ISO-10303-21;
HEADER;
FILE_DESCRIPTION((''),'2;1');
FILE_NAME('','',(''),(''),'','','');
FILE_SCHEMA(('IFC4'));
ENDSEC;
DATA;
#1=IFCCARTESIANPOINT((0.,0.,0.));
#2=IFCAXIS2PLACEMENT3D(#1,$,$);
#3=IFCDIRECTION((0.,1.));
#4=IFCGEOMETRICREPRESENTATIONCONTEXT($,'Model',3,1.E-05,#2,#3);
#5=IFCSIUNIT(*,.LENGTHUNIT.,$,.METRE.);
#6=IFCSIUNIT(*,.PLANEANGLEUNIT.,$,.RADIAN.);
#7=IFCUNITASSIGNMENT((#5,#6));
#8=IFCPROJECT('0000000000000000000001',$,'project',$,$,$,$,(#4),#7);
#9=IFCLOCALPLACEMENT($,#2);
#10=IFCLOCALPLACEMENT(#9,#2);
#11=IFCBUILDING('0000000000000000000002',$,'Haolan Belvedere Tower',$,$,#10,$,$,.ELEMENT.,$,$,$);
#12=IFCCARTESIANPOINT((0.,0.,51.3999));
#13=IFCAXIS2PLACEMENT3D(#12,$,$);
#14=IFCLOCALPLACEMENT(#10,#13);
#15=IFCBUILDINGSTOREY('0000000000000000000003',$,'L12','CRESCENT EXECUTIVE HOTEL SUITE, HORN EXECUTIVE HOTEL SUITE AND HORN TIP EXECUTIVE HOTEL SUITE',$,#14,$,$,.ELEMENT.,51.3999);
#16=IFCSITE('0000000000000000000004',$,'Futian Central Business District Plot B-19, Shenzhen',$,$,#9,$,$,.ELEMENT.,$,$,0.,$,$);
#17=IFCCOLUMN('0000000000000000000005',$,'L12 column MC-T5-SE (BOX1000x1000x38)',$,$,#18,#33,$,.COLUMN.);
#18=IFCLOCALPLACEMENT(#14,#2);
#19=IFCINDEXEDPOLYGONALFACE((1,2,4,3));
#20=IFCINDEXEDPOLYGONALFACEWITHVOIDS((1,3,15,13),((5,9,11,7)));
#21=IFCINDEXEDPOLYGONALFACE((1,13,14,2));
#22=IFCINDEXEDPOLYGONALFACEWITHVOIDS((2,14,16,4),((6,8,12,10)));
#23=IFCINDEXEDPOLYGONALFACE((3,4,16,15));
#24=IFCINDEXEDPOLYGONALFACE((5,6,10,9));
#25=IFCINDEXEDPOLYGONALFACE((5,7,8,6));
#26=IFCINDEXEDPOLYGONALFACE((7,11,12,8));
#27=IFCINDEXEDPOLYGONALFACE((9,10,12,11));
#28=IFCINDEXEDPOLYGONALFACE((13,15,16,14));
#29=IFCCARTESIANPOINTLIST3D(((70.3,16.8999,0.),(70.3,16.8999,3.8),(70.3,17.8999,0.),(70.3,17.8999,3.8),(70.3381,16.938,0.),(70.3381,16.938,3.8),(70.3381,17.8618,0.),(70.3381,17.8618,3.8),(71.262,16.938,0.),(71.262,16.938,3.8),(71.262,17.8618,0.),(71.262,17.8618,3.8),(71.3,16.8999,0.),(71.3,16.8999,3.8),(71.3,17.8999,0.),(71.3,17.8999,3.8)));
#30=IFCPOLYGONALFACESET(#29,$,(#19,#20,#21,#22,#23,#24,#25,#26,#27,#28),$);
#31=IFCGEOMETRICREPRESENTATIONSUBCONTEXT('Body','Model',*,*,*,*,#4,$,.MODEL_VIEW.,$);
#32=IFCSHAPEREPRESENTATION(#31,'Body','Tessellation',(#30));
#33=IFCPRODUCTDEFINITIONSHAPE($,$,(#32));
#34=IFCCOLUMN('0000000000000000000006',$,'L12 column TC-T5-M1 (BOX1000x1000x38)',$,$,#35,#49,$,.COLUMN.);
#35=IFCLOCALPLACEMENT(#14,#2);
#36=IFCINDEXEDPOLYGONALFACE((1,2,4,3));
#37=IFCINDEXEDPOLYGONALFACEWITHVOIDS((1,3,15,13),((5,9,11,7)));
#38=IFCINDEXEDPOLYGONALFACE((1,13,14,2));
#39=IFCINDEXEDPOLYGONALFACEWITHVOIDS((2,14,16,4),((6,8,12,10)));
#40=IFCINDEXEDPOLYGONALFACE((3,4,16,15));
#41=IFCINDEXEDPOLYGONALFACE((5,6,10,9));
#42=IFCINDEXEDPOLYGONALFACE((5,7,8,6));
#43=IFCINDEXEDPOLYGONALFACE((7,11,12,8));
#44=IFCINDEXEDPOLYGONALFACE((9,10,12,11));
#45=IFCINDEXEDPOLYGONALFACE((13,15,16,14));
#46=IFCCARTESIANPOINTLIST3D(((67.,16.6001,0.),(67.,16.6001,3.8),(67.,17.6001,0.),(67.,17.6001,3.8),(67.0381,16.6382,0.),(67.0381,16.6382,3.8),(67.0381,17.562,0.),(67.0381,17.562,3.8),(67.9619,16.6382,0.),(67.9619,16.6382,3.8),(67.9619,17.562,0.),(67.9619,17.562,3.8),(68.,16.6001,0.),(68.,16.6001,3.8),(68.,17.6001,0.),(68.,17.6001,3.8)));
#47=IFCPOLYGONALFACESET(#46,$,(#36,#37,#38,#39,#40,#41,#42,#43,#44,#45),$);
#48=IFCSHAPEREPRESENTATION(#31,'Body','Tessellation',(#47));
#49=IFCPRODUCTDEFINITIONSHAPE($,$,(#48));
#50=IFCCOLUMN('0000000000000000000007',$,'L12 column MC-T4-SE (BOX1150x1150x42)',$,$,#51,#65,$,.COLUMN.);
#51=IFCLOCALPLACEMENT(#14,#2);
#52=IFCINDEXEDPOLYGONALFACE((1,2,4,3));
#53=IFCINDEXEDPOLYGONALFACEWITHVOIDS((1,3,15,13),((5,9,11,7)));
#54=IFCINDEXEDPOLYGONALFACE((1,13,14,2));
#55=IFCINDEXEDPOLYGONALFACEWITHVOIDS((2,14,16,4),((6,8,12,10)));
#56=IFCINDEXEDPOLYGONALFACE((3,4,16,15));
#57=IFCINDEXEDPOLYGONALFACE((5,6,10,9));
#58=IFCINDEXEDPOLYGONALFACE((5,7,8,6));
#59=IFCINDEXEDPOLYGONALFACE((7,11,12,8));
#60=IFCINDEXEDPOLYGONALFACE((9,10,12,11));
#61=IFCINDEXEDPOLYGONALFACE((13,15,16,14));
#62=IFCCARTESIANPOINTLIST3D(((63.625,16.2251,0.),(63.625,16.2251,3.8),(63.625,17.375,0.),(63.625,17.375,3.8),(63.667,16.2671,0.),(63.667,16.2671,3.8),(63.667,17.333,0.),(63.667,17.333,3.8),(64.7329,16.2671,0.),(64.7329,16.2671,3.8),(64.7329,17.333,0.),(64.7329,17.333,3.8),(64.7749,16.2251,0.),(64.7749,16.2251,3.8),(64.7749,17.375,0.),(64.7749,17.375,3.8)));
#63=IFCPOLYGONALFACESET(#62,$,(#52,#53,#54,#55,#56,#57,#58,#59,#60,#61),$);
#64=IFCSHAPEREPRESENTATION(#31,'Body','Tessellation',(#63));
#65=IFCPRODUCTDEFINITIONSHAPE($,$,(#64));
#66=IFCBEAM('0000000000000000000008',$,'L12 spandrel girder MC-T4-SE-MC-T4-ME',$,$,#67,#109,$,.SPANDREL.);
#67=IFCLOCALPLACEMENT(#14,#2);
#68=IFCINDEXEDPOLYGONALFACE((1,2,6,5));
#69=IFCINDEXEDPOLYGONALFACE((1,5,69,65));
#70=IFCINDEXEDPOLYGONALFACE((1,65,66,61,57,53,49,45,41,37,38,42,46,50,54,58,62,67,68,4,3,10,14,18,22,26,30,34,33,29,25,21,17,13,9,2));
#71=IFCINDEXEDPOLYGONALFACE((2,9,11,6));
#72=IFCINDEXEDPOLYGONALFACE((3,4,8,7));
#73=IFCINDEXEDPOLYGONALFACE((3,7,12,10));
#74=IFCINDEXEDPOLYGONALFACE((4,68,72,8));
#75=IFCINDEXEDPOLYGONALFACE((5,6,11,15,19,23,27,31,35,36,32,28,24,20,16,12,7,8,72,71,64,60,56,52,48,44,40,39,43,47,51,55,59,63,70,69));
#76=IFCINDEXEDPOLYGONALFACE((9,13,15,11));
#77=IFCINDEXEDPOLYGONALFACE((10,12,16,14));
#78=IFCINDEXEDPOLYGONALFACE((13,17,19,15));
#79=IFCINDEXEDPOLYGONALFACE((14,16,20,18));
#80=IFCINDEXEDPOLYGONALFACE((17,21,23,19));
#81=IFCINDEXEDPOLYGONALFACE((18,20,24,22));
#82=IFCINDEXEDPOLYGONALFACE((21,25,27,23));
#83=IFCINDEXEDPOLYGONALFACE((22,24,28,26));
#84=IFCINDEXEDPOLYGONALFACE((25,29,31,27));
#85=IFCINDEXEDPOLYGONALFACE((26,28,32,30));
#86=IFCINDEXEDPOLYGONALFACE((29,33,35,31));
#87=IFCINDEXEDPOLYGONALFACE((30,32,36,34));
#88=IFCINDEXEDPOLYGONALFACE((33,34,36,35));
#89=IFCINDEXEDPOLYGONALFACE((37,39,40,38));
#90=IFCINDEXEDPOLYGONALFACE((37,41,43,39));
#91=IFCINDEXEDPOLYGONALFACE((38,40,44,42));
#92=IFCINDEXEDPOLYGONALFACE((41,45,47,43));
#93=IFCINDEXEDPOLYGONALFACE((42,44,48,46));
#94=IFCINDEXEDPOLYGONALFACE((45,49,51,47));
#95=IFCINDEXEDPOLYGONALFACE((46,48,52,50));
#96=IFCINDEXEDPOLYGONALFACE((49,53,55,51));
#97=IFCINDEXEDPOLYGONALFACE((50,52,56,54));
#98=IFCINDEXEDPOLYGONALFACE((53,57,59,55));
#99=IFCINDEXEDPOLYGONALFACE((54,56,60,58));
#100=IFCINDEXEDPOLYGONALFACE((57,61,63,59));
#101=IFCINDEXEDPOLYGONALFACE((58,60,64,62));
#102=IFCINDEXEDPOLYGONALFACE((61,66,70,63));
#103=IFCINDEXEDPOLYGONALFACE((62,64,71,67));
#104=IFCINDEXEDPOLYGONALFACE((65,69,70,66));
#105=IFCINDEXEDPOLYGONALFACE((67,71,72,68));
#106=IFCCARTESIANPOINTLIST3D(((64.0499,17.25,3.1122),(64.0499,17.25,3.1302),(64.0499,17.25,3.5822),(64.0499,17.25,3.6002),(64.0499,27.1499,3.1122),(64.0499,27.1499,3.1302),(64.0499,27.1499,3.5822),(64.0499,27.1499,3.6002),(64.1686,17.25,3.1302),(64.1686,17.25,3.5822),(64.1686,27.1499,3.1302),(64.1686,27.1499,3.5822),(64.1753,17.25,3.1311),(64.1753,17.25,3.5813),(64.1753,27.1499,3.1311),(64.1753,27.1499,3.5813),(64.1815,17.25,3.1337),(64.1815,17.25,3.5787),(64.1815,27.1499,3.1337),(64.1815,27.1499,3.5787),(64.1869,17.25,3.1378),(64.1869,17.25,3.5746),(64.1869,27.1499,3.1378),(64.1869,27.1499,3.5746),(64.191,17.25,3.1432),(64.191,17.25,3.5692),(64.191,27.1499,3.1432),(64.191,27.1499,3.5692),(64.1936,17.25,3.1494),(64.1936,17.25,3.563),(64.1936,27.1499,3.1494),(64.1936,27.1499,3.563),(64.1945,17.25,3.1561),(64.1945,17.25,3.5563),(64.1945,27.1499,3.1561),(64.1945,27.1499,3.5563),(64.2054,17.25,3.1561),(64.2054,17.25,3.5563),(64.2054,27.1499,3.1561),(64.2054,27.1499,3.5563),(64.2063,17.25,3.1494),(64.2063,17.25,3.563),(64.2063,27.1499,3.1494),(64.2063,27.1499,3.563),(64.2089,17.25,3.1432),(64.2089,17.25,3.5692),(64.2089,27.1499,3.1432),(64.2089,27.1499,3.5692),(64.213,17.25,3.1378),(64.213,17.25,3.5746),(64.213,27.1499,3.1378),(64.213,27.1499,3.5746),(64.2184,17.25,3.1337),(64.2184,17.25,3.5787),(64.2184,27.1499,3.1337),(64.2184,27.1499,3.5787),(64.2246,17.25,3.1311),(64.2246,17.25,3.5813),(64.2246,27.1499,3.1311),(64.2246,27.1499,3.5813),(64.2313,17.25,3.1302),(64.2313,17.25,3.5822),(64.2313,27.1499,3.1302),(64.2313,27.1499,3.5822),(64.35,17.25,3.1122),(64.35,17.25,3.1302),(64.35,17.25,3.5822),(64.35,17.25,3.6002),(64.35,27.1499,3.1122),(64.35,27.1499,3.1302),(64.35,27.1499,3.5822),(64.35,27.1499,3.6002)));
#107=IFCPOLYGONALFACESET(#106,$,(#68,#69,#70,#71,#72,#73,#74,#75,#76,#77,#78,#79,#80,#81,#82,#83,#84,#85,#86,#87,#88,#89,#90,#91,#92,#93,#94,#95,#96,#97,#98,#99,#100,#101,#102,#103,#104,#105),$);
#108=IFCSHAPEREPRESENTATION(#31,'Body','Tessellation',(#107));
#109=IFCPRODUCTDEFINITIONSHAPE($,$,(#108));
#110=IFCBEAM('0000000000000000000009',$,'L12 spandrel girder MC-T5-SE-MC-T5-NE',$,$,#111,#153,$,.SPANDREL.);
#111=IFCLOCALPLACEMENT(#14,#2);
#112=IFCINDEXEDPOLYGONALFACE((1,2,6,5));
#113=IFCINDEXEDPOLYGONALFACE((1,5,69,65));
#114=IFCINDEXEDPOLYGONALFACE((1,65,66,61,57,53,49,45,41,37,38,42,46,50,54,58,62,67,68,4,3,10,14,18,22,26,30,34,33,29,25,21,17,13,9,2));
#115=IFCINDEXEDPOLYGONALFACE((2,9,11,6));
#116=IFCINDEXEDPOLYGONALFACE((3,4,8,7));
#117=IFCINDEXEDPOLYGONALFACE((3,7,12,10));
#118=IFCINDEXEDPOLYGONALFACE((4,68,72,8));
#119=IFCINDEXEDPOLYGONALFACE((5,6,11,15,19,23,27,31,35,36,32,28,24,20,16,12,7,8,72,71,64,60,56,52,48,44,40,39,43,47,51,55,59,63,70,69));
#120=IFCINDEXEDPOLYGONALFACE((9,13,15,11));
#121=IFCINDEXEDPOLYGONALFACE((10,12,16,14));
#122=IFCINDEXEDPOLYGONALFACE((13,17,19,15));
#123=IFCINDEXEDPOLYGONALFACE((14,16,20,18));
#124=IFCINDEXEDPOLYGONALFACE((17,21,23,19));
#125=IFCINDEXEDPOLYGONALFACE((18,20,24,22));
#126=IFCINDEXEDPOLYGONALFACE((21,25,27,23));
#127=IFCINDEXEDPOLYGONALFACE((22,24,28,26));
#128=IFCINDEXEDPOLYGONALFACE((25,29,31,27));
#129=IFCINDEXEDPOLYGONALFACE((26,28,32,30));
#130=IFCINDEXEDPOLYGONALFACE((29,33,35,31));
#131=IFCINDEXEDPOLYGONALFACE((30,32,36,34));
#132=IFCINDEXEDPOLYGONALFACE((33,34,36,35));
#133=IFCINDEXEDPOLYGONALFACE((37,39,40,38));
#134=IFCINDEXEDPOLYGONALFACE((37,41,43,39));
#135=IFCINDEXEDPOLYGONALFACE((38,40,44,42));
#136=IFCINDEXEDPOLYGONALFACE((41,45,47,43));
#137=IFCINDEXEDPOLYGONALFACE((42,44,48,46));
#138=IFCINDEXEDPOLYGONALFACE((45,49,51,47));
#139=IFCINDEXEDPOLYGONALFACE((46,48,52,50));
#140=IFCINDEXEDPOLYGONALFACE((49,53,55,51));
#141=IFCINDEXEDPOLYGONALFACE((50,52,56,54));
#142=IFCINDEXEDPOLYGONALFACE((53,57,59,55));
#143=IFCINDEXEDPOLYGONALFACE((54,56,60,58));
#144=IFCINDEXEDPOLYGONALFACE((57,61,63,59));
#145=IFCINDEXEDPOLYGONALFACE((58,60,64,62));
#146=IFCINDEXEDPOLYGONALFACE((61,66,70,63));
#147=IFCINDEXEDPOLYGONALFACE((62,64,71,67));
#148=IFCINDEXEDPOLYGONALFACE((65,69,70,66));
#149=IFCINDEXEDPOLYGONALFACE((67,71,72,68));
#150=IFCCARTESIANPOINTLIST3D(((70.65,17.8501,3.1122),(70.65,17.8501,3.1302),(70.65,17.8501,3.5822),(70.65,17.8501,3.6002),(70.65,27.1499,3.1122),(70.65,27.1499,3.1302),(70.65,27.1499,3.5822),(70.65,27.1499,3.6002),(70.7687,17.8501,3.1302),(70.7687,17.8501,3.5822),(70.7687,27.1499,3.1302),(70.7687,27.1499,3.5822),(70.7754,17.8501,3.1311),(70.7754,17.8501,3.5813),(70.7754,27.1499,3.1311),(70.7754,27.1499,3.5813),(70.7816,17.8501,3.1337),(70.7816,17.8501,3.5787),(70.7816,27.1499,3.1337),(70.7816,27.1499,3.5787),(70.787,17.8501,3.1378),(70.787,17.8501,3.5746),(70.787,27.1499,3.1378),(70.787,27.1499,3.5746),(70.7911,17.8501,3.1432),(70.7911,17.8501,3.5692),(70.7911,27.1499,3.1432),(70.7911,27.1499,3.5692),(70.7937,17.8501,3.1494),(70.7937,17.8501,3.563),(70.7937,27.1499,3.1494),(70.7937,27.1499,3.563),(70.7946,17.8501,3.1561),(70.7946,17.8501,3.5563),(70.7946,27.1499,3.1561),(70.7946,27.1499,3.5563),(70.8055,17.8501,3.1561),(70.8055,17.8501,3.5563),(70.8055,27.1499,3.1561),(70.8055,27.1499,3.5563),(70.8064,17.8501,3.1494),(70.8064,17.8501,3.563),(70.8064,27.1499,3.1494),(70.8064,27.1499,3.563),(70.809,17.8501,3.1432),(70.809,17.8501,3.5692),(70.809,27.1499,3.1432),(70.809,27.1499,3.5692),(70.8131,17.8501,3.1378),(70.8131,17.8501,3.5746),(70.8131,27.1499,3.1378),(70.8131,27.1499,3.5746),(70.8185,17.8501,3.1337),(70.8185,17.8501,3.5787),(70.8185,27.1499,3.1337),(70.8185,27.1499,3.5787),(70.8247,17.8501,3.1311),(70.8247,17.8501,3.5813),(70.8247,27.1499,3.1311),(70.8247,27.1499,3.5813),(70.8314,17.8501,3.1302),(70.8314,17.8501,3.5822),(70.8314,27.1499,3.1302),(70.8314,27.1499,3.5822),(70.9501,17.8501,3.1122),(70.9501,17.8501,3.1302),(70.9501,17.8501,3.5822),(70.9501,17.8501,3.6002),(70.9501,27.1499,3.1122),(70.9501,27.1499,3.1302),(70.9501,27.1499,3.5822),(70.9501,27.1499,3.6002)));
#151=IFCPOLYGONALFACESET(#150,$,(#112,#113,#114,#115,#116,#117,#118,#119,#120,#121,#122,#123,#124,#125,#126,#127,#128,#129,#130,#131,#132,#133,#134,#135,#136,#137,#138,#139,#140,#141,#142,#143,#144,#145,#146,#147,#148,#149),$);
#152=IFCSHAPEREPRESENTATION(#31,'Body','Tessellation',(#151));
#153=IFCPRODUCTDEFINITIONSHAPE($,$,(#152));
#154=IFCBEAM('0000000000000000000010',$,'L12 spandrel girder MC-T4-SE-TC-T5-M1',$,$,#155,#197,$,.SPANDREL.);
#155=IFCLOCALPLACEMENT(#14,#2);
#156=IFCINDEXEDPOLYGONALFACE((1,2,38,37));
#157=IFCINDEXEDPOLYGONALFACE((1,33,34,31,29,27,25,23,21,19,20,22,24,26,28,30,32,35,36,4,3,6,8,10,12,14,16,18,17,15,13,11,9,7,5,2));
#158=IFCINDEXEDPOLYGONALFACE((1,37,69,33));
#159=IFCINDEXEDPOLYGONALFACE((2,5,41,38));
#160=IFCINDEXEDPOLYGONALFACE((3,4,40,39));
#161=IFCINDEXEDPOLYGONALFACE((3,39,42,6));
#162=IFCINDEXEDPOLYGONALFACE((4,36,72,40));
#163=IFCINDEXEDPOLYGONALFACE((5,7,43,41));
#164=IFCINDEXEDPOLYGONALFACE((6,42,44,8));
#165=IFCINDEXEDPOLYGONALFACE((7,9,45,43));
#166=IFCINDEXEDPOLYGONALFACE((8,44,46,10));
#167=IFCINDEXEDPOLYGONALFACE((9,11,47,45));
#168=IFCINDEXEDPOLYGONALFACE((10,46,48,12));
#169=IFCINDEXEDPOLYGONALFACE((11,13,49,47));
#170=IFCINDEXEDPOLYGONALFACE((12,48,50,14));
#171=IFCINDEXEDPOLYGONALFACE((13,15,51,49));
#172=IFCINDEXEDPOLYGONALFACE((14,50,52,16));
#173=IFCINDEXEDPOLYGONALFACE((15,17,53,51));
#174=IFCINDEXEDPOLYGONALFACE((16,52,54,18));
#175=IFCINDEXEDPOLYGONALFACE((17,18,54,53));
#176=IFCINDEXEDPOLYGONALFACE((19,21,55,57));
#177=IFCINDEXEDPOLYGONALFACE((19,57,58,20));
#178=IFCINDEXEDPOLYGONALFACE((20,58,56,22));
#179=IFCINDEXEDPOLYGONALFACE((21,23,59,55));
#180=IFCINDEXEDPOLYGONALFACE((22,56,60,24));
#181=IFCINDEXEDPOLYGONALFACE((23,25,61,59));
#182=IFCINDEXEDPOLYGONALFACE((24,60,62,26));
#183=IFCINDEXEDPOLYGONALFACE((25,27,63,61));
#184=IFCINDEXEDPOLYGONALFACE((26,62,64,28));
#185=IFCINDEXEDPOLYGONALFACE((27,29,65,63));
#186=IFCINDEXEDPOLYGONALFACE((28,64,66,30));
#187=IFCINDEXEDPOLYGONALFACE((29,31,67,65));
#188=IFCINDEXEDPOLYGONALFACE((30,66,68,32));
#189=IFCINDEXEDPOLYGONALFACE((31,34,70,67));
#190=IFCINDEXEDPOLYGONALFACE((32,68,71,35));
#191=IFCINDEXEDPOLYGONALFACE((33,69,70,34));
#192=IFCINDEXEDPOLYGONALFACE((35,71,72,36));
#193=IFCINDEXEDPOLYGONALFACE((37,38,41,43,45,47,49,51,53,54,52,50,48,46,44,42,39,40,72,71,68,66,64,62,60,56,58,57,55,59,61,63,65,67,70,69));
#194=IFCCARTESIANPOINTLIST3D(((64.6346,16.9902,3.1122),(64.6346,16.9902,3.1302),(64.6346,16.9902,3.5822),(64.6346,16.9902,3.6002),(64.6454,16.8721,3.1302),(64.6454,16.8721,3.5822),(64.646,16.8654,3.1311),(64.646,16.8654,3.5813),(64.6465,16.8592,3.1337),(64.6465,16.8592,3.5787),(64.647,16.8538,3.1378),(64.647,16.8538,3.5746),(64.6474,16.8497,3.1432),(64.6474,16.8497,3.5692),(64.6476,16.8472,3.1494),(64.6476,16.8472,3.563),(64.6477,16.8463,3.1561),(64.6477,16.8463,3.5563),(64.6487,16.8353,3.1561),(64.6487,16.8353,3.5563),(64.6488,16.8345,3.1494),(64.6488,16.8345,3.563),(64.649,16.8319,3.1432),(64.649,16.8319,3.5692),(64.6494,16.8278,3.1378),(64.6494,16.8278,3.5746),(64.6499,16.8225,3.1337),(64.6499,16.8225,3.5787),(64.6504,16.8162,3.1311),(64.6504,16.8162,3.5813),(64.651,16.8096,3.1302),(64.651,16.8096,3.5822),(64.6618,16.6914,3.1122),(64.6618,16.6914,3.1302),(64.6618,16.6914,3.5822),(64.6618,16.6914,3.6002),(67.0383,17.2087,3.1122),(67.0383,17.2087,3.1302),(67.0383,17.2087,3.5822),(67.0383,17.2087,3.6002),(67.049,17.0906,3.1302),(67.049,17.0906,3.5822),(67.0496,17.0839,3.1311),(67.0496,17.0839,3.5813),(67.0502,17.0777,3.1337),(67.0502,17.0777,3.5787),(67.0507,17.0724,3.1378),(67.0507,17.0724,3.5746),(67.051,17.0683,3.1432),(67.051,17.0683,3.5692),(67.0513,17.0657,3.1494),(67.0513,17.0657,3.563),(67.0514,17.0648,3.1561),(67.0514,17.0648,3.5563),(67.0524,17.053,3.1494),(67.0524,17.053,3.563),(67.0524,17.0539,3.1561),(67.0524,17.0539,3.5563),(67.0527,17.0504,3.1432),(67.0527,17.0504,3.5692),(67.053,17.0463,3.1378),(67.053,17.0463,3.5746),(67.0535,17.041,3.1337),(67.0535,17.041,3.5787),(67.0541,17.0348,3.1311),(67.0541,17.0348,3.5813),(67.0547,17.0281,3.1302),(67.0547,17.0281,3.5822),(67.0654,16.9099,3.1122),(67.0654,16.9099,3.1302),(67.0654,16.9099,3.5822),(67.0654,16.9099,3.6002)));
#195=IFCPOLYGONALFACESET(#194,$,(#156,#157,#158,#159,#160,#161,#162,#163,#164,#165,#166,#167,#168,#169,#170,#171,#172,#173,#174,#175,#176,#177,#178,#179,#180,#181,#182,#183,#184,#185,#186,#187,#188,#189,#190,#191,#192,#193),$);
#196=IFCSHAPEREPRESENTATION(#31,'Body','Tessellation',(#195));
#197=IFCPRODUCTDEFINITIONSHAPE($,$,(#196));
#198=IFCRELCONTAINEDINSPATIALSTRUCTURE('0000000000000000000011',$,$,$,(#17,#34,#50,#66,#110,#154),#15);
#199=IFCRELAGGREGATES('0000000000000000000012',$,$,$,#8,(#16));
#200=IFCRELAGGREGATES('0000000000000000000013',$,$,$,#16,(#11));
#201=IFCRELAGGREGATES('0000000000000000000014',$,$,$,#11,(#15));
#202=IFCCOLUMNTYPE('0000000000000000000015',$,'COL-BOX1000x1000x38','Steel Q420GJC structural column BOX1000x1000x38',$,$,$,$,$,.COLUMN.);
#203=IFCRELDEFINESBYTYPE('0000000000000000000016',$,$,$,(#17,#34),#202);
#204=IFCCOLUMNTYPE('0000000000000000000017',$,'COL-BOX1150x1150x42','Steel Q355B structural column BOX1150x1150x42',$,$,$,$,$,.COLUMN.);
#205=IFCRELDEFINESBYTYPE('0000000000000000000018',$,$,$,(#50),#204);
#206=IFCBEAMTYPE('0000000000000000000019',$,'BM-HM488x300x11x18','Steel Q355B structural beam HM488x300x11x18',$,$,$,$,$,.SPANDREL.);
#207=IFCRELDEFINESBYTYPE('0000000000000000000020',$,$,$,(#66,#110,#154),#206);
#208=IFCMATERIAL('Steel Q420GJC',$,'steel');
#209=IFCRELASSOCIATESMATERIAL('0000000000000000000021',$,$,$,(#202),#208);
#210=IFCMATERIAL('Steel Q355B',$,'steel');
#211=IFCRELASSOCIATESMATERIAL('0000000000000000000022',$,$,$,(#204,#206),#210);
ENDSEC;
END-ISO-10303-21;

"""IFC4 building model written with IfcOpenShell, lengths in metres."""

from ifc_helpers import new_model, si_unit, direction, frame, origin, origin_2d, place, context, subcontext, project, spatial, hollow_rectangle, i_section, extrude, material, material_profile, profile_set, type_object, element, save


model = new_model("IFC4")

# Units and contexts
model_context = context("Model", 3, precision=1e-05, world=origin(), true_north=direction((0.0, 1.0)))
body_context = subcontext(model_context, "Body", "Model", "MODEL_VIEW")
ifc_project = project(units=[si_unit("LENGTHUNIT", "METRE"), si_unit("PLANEANGLEUNIT", "RADIAN")], contexts=[model_context])

# Site, building, storey
site_placement = place(None, origin())
site = spatial("IfcSite", under=ifc_project, at=site_placement, Name="Futian Central Business District Plot B-19, Shenzhen", CompositionType="ELEMENT", RefElevation=0.0)
building_placement = place(site_placement, origin())
building = spatial("IfcBuilding", under=site, at=building_placement, Name="Haolan Belvedere Tower", CompositionType="ELEMENT")
storey_placement = place(building_placement, frame((0.0, 0.0, 51.3999)))
storey = spatial("IfcBuildingStorey", under=building, at=storey_placement, Name="L12", Description="CRESCENT EXECUTIVE HOTEL SUITE, HORN EXECUTIVE HOTEL SUITE AND HORN TIP EXECUTIVE HOTEL SUITE", CompositionType="ELEMENT", Elevation=51.3999)

# Columns
ifc_material_1 = material(Name="Steel Q420GJC", Category="steel")
ifc_material_profile_1 = material_profile(ifc_material_1, hollow_rectangle(XDim=1.0, YDim=1.0, WallThickness=0.0381, at=origin_2d()), Name="Steel Q420GJC")
ifc_profile_set_1 = profile_set([ifc_material_profile_1], Name="Steel Q420GJC")
column_type_1 = type_object("IfcColumnType", Name="COL-BOX1000x1000x38", Description="Steel Q420GJC structural column BOX1000x1000x38", PredefinedType="COLUMN", material=ifc_profile_set_1)
for number, where, z_axis, x_axis, name in (
    (1, (70.8, 17.3999, 0.0), (0.0, 0.0, 1.0), (1.0, 0.0, 0.0), "L12 column MC-T5-SE (BOX1000x1000x38)"),
    (2, (67.5, 17.1001, 0.0), (0.0, 0.0, 1.0), (1.0, 0.0, 0.0), "L12 column TC-T5-M1 (BOX1000x1000x38)"),
):
    element("IfcColumn", number, at=place(storey_placement, frame(where, z_axis=z_axis, x_axis=x_axis)), inside=storey, type_object=column_type_1, Name=name, PredefinedType="COLUMN", context=body_context, shape_type="SweptSolid", body=[
        extrude(hollow_rectangle(XDim=1.0, YDim=1.0, WallThickness=0.0381, at=origin_2d()), origin(), (0.0, 0.0, 1.0), 3.8),
    ])
ifc_material_2 = material(Name="Steel Q355B", Category="steel")
ifc_material_profile_2 = material_profile(ifc_material_2, hollow_rectangle(XDim=1.1499, YDim=1.1499, WallThickness=0.042, at=origin_2d()), Name="Steel Q355B")
ifc_profile_set_2 = profile_set([ifc_material_profile_2], Name="Steel Q355B")
column_type_2 = type_object("IfcColumnType", Name="COL-BOX1150x1150x42", Description="Steel Q355B structural column BOX1150x1150x42", PredefinedType="COLUMN", material=ifc_profile_set_2)
column_placement = place(storey_placement, frame((64.2, 16.8, 0.0), z_axis=(0.0, 0.0, 1.0), x_axis=(1.0, 0.0, 0.0)))
element("IfcColumn", 3, at=column_placement, inside=storey, type_object=column_type_2, Name="L12 column MC-T4-SE (BOX1150x1150x42)", PredefinedType="COLUMN", context=body_context, shape_type="SweptSolid", body=[
    extrude(hollow_rectangle(XDim=1.1499, YDim=1.1499, WallThickness=0.042, at=origin_2d()), origin(), (0.0, 0.0, 1.0), 3.8),
])

# Beams
ifc_material_profile_3 = material_profile(ifc_material_2, i_section(OverallWidth=0.3, OverallDepth=0.488, WebThickness=0.011, FlangeThickness=0.0181, FilletRadius=0.0259, at=origin_2d()), Name="Steel Q355B")
ifc_profile_set_3 = profile_set([ifc_material_profile_3], Name="Steel Q355B")
beam_type = type_object("IfcBeamType", Name="BM-HM488x300x11x18", Description="Steel Q355B structural beam HM488x300x11x18", PredefinedType="SPANDREL", material=ifc_profile_set_3)
beam_1_placement = place(storey_placement, frame((64.2, 17.25, 3.3562), z_axis=(0.0, 1.0, 0.0), x_axis=(-1.0, 0.0, 0.0)))
element("IfcBeam", 4, at=beam_1_placement, inside=storey, type_object=beam_type, Name="L12 spandrel girder MC-T4-SE-MC-T4-ME", PredefinedType="SPANDREL", context=body_context, shape_type="SweptSolid", body=[
    extrude(i_section(OverallWidth=0.3, OverallDepth=0.488, WebThickness=0.011, FlangeThickness=0.0181, FilletRadius=0.0259, at=origin_2d()), origin(), (0.0, 0.0, 1.0), 9.8999),
])
beam_2_placement = place(storey_placement, frame((70.8, 17.8501, 3.3562), z_axis=(0.0, 1.0, 0.0), x_axis=(-1.0, 0.0, 0.0)))
element("IfcBeam", 5, at=beam_2_placement, inside=storey, type_object=beam_type, Name="L12 spandrel girder MC-T5-SE-MC-T5-NE", PredefinedType="SPANDREL", context=body_context, shape_type="SweptSolid", body=[
    extrude(i_section(OverallWidth=0.3, OverallDepth=0.488, WebThickness=0.011, FlangeThickness=0.0181, FilletRadius=0.0259, at=origin_2d()), origin(), (0.0, 0.0, 1.0), 9.2998),
])
for number, where, z_axis, x_axis, name in (
    (6, (64.6482, 16.8408, 3.3562), (0.995893, 0.090536, 0.0), (-0.090536, 0.995893, 0.0), "L12 spandrel girder MC-T4-SE-TC-T5-M1"),
):
    element("IfcBeam", number, at=place(storey_placement, frame(where, z_axis=z_axis, x_axis=x_axis)), inside=storey, type_object=beam_type, Name=name, PredefinedType="SPANDREL", context=body_context, shape_type="SweptSolid", body=[
        extrude(i_section(OverallWidth=0.3, OverallDepth=0.488, WebThickness=0.011, FlangeThickness=0.0181, FilletRadius=0.0259, at=origin_2d()), origin(), (0.0, 0.0, 1.0), 2.4136),
    ])

save(model, "model.ifc")
